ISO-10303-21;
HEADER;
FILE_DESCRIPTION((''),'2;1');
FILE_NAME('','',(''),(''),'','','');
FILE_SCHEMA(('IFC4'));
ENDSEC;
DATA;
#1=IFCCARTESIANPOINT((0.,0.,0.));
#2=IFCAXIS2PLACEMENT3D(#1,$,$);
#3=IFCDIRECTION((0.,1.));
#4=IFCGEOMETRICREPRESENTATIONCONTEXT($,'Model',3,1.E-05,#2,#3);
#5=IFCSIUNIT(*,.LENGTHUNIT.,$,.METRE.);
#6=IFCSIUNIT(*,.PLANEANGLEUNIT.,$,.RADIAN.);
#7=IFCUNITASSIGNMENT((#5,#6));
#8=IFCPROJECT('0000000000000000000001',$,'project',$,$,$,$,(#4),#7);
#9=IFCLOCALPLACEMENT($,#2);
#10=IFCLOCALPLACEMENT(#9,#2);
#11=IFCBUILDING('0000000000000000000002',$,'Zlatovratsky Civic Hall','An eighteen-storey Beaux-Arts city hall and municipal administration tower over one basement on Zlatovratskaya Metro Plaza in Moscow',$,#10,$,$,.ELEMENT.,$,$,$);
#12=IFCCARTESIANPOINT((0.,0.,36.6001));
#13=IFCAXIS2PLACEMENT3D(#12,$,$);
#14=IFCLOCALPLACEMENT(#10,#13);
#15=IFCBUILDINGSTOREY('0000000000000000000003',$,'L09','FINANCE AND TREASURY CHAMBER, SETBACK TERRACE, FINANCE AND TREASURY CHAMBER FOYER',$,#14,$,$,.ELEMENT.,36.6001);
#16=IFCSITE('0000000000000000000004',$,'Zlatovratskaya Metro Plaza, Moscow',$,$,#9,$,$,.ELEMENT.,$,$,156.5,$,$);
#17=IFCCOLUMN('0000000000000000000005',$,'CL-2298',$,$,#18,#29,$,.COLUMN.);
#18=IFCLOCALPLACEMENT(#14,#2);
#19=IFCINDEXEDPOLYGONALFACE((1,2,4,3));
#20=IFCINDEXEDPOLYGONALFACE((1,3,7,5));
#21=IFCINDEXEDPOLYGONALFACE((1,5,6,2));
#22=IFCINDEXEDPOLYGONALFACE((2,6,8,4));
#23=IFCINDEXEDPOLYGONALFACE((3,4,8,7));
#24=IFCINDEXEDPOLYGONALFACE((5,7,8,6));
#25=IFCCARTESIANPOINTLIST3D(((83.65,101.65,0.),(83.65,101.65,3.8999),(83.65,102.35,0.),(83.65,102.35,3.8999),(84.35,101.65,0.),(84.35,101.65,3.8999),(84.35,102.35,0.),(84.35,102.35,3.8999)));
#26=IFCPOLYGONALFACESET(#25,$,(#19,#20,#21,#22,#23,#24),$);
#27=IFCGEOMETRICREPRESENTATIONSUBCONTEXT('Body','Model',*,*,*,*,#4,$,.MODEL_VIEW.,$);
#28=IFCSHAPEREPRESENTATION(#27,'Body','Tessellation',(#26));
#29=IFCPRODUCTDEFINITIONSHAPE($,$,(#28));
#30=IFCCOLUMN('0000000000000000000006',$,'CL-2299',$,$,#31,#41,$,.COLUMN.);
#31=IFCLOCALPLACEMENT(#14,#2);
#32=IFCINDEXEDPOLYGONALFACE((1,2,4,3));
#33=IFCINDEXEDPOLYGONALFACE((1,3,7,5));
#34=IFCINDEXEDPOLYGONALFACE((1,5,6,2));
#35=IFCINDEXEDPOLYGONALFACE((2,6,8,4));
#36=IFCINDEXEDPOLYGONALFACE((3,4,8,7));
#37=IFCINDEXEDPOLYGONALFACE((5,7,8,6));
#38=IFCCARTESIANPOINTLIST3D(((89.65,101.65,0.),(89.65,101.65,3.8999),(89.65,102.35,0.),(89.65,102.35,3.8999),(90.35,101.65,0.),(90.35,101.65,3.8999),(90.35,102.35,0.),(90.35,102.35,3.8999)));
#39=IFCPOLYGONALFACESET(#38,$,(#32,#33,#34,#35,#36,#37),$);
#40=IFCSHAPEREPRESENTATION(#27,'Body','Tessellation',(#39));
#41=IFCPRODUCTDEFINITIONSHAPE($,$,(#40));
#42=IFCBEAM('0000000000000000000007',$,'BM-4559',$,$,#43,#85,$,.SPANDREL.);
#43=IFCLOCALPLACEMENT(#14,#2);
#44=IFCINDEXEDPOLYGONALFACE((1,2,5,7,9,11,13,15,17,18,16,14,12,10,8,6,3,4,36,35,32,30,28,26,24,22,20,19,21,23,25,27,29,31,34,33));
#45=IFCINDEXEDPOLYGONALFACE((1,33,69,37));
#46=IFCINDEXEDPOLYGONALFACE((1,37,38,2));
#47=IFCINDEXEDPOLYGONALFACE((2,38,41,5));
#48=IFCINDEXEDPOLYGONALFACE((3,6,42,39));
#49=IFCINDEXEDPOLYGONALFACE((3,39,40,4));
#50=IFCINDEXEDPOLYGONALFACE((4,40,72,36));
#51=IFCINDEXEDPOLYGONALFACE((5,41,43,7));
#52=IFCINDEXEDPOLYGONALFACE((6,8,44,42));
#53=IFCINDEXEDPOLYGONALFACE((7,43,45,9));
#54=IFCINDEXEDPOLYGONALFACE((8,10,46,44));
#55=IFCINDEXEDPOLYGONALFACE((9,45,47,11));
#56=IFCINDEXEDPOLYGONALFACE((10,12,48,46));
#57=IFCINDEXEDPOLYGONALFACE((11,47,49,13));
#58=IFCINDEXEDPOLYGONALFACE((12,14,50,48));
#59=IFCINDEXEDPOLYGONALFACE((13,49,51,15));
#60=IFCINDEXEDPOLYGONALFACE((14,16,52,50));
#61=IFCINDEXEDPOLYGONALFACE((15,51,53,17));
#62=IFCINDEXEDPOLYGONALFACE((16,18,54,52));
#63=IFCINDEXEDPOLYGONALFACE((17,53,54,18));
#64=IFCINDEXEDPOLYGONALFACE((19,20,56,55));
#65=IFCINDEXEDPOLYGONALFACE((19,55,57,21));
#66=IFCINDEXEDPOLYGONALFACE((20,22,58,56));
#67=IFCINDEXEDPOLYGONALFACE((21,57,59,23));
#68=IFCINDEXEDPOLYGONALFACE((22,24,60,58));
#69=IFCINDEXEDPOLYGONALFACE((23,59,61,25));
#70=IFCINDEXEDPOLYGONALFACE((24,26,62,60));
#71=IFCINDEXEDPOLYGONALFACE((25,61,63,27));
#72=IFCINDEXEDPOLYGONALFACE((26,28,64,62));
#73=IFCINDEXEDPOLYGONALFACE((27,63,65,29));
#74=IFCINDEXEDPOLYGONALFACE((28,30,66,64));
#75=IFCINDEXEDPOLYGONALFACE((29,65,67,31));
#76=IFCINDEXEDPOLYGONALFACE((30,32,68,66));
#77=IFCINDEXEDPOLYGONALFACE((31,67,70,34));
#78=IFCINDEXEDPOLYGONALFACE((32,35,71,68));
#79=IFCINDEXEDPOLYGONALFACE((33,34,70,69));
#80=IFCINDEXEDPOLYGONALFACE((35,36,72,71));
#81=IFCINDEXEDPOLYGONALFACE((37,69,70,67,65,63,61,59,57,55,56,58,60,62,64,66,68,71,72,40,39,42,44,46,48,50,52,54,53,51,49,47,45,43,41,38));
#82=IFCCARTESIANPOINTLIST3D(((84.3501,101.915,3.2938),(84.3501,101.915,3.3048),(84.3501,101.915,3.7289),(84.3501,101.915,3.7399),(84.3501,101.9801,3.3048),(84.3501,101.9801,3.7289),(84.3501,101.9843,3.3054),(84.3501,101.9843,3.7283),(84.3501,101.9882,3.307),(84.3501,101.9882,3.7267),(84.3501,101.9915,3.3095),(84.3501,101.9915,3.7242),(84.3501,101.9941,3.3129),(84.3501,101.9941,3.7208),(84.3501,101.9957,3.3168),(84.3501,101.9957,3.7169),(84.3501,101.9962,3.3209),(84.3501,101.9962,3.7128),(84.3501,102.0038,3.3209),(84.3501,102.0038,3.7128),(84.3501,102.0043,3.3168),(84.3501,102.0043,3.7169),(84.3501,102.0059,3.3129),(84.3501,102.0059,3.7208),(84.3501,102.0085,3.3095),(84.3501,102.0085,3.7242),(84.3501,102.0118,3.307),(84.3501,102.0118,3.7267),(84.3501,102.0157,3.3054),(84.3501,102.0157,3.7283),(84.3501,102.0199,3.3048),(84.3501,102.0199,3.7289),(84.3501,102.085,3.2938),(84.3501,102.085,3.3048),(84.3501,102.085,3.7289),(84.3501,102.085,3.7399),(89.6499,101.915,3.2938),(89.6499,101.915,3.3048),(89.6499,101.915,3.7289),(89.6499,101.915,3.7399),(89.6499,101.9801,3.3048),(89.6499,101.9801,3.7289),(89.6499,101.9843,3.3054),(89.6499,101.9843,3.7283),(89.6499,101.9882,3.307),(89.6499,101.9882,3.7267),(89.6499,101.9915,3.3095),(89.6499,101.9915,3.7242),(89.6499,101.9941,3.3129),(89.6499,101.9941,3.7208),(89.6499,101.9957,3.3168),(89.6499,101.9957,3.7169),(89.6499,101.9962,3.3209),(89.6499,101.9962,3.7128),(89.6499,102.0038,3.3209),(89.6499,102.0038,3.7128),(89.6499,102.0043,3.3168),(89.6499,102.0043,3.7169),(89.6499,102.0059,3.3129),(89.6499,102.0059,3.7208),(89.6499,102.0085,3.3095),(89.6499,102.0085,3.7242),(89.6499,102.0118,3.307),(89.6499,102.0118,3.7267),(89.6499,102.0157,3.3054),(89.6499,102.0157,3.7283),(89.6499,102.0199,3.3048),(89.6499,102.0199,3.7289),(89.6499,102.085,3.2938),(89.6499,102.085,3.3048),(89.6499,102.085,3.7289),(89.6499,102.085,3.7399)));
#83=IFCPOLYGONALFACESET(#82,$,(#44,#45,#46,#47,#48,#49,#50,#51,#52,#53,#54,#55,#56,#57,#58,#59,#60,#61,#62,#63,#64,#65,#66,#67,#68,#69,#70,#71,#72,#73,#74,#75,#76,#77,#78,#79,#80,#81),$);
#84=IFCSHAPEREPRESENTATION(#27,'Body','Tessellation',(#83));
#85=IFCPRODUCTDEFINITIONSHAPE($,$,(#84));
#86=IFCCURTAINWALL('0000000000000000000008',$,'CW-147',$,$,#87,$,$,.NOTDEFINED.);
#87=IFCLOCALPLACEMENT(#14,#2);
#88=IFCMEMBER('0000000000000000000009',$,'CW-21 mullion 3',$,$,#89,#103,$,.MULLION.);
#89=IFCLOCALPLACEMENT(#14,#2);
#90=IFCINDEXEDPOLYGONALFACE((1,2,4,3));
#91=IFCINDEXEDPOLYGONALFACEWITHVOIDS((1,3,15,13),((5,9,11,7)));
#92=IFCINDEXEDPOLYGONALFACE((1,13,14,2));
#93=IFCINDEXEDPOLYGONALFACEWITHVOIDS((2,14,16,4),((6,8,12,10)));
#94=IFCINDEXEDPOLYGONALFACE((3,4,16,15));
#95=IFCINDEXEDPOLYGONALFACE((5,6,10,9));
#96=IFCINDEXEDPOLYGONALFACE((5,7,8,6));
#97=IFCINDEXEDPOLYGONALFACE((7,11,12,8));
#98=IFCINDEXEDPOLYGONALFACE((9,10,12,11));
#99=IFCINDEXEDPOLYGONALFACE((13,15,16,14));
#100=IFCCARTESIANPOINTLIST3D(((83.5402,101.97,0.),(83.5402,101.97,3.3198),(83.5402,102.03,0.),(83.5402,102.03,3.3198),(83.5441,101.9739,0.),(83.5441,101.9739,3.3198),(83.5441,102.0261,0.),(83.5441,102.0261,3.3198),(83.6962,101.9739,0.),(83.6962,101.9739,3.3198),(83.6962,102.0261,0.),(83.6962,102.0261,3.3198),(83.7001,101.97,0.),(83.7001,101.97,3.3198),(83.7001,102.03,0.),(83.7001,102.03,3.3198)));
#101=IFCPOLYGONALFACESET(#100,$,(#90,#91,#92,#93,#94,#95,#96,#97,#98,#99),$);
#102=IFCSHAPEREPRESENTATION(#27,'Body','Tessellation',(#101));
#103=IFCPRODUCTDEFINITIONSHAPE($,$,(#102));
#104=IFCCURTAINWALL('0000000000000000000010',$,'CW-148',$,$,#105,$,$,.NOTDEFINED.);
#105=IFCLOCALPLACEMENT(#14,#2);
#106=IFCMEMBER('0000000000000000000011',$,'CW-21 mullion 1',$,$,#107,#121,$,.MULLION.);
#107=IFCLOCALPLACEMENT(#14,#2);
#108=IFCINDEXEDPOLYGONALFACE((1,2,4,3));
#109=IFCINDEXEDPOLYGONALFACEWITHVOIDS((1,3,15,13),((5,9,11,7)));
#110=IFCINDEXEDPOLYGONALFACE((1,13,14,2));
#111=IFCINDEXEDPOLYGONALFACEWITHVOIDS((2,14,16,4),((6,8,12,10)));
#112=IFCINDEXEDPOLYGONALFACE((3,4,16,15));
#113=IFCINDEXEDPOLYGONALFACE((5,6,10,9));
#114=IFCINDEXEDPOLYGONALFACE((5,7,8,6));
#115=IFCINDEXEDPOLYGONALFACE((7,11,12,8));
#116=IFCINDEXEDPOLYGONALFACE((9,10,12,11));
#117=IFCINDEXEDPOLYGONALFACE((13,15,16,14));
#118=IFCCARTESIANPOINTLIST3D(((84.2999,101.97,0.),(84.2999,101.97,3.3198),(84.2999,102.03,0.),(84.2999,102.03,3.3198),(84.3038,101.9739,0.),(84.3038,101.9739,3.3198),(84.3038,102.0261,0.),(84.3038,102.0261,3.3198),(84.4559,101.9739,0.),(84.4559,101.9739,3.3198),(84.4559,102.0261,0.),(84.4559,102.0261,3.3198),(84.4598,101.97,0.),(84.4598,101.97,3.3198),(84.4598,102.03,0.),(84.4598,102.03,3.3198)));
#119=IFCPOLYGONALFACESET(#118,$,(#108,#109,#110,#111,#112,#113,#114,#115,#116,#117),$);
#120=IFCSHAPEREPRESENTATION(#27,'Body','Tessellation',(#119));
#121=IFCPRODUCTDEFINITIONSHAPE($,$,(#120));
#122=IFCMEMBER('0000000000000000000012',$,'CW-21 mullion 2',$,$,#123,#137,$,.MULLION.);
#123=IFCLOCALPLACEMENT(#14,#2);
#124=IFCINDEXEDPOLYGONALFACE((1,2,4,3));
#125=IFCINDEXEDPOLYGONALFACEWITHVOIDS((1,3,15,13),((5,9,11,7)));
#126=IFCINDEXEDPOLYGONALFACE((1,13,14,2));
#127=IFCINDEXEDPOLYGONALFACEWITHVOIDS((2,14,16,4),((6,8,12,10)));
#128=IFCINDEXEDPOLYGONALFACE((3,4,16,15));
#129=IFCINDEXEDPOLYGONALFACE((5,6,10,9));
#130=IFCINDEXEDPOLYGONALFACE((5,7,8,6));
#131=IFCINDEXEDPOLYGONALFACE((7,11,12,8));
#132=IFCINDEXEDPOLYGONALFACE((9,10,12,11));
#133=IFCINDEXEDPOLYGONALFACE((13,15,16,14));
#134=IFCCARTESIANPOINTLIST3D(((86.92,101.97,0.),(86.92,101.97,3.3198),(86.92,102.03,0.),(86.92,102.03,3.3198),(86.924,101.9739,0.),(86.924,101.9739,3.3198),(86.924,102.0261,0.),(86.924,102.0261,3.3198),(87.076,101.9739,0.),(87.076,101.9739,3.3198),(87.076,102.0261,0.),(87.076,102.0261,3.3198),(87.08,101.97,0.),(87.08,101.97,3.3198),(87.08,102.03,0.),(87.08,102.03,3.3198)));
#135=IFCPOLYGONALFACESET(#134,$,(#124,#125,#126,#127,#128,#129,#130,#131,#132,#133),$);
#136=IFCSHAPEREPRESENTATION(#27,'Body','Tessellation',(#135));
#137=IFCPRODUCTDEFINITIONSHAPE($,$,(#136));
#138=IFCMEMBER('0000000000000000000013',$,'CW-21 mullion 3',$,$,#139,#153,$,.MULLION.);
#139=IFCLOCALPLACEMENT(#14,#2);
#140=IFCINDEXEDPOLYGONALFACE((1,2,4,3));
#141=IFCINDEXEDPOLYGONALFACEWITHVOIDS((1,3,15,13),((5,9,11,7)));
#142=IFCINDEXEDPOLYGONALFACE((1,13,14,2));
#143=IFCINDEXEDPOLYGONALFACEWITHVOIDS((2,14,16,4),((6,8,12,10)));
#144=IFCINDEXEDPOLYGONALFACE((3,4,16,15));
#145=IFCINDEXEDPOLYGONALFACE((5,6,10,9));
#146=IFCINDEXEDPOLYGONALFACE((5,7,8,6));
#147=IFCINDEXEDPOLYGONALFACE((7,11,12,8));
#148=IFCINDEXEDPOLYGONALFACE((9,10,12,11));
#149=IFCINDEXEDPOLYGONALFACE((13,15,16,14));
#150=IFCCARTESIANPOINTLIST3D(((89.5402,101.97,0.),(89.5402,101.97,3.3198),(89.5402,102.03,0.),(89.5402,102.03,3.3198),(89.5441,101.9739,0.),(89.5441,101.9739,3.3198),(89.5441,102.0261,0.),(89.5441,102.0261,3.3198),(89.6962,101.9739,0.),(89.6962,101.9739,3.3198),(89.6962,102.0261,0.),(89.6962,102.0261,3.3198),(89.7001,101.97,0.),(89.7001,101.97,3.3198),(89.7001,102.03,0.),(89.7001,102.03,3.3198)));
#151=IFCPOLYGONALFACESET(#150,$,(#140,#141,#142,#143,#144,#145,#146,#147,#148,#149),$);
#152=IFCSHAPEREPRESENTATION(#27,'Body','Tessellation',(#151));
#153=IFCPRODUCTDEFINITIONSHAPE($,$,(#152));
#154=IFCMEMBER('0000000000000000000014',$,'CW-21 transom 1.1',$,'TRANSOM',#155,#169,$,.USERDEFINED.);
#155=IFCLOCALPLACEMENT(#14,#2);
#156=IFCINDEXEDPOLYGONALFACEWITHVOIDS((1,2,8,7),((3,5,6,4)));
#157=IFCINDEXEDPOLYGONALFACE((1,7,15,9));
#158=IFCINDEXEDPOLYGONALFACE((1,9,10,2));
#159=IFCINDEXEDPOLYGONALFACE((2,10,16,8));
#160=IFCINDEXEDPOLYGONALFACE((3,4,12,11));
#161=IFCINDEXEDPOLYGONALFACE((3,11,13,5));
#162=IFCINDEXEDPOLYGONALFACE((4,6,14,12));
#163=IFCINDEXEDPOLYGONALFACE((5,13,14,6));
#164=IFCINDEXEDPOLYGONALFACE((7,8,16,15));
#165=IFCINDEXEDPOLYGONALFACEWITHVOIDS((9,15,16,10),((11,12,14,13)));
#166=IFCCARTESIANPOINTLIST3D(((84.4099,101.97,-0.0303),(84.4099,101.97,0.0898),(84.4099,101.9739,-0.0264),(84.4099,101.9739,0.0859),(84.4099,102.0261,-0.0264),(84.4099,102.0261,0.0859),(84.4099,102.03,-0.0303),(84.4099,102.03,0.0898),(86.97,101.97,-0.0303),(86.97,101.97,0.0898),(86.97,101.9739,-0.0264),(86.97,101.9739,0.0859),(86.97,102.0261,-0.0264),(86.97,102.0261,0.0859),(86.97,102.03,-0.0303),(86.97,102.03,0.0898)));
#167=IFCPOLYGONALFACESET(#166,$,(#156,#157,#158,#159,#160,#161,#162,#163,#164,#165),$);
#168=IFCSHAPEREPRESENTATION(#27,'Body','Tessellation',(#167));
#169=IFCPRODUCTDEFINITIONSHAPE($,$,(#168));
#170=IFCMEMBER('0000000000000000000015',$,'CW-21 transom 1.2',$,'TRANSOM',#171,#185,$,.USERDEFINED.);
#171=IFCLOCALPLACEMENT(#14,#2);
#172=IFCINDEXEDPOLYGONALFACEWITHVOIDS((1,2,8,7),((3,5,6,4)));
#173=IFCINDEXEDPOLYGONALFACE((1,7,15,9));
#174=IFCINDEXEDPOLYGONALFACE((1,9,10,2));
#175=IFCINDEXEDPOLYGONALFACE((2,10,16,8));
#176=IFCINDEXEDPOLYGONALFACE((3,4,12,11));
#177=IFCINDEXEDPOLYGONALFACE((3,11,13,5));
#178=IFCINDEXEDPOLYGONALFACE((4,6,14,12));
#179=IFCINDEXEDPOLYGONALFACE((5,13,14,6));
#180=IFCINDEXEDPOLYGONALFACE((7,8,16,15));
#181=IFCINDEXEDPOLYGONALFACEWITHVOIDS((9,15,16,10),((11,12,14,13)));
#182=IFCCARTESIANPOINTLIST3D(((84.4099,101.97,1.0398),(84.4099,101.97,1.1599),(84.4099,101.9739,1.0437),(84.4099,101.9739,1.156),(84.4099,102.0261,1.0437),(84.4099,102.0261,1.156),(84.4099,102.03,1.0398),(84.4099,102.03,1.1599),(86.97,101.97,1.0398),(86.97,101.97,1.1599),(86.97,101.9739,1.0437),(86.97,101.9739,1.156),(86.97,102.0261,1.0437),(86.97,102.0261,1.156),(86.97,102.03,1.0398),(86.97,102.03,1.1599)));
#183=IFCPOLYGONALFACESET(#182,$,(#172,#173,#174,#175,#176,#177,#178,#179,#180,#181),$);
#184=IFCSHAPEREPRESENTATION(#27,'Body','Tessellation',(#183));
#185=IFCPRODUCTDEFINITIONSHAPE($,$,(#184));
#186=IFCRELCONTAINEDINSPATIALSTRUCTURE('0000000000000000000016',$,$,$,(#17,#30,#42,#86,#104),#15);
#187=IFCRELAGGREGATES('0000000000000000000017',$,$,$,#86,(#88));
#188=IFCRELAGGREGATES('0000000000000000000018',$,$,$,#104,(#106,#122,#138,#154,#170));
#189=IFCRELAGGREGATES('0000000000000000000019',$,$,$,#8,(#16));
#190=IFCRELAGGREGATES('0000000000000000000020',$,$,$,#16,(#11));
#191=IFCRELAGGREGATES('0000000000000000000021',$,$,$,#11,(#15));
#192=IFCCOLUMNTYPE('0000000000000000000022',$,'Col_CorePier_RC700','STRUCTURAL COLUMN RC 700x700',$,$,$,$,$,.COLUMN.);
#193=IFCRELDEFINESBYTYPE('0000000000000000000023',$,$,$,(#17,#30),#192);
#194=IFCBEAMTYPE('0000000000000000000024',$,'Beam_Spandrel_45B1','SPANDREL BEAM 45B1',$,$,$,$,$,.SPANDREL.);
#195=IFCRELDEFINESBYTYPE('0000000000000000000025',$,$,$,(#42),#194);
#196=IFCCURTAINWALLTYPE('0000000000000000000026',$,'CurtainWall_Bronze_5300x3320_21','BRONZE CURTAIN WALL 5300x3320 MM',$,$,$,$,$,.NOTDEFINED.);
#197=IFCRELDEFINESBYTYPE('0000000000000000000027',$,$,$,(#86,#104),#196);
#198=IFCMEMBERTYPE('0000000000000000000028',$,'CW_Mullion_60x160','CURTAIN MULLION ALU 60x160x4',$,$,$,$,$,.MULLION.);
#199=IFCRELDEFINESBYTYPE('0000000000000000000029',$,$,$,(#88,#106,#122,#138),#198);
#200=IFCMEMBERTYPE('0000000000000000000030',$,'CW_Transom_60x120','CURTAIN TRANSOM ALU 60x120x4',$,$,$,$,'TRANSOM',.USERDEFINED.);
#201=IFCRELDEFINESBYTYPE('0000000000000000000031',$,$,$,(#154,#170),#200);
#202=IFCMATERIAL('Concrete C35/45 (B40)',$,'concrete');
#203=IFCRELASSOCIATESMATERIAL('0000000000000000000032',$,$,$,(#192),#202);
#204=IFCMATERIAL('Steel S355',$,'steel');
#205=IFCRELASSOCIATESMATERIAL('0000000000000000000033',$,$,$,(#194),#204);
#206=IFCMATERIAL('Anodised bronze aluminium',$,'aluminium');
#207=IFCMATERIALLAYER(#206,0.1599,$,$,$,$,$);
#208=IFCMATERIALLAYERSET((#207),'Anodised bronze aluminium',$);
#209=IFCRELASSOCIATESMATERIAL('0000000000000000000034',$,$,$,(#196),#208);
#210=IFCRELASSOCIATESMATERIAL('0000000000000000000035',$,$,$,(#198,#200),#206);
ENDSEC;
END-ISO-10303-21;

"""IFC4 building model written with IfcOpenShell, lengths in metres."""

from ifc_helpers import new_model, si_unit, direction, frame, origin, origin_2d, place, context, subcontext, project, spatial, rectangle, hollow_rectangle, i_section, extrude, material, layer, layer_set, material_profile, profile_set, type_object, element, aggregate, save


model = new_model("IFC4")

# Units and contexts
model_context = context("Model", 3, precision=1e-05, world=origin(), true_north=direction((0.0, 1.0)))
body_context = subcontext(model_context, "Body", "Model", "MODEL_VIEW")
ifc_project = project(units=[si_unit("LENGTHUNIT", "METRE"), si_unit("PLANEANGLEUNIT", "RADIAN")], contexts=[model_context])

# Site, building, storey
site_placement = place(None, origin())
site = spatial("IfcSite", under=ifc_project, at=site_placement, Name="Zlatovratskaya Metro Plaza, Moscow", CompositionType="ELEMENT", RefElevation=156.5)
building_placement = place(site_placement, origin())
building = spatial("IfcBuilding", under=site, at=building_placement, Name="Zlatovratsky Civic Hall", Description="An eighteen-storey Beaux-Arts city hall and municipal administration tower over one basement on Zlatovratskaya Metro Plaza in Moscow", CompositionType="ELEMENT")
storey_placement = place(building_placement, frame((0.0, 0.0, 36.6001)))
storey = spatial("IfcBuildingStorey", under=building, at=storey_placement, Name="L09", Description="FINANCE AND TREASURY CHAMBER, SETBACK TERRACE, FINANCE AND TREASURY CHAMBER FOYER", CompositionType="ELEMENT", Elevation=36.6001)

# Columns
ifc_material_1 = material(Name="Concrete C35/45 (B40)", Category="concrete")
ifc_material_profile_1 = material_profile(ifc_material_1, rectangle(XDim=0.7, YDim=0.7, at=origin_2d()), Name="RC 700x700")
ifc_profile_set_1 = profile_set([ifc_material_profile_1], Name="Concrete C35/45 (B40)")
column_type = type_object("IfcColumnType", Name="Col_CorePier_RC700", Description="STRUCTURAL COLUMN RC 700x700", PredefinedType="COLUMN", material=ifc_profile_set_1)
for number, where, z_axis, x_axis, name in (
    (1, (84.0, 102.0, 0.0), (0.0, 0.0, 1.0), (1.0, 0.0, 0.0), "CL-2298"),
    (2, (90.0, 102.0, 0.0), (0.0, 0.0, 1.0), (1.0, 0.0, 0.0), "CL-2299"),
):
    element("IfcColumn", number, at=place(storey_placement, frame(where, z_axis=z_axis, x_axis=x_axis)), inside=storey, type_object=column_type, Name=name, PredefinedType="COLUMN", context=body_context, shape_type="SweptSolid", body=[
        extrude(rectangle(XDim=0.7, YDim=0.7, at=origin_2d()), origin(), (0.0, 0.0, 1.0), 3.8999),
    ])

# Beam
ifc_material_2 = material(Name="Steel S355", Category="steel")
ifc_material_profile_2 = material_profile(ifc_material_2, i_section(OverallWidth=0.1699, OverallDepth=0.446, WebThickness=0.0076, FlangeThickness=0.011, FilletRadius=0.0161, at=origin_2d()), Name="45B1")
ifc_profile_set_2 = profile_set([ifc_material_profile_2], Name="Steel S355")
beam_type = type_object("IfcBeamType", Name="Beam_Spandrel_45B1", Description="SPANDREL BEAM 45B1", PredefinedType="SPANDREL", material=ifc_profile_set_2)
beam_placement = place(storey_placement, frame((84.3501, 102.0, 3.5168), z_axis=(1.0, 0.0, 0.0), x_axis=(0.0, 1.0, 0.0)))
element("IfcBeam", 3, at=beam_placement, inside=storey, type_object=beam_type, Name="BM-4559", PredefinedType="SPANDREL", context=body_context, shape_type="SweptSolid", body=[
    extrude(i_section(OverallWidth=0.1699, OverallDepth=0.446, WebThickness=0.0076, FlangeThickness=0.011, FilletRadius=0.0161, at=origin_2d()), origin(), (0.0, 0.0, 1.0), 5.2998),
])

# Curtain wall, member
ifc_material_3 = material(Name="Anodised bronze aluminium", Category="aluminium")
ifc_layer_1 = layer(ifc_material_3, 0.1599)
ifc_layer_set_1 = layer_set([ifc_layer_1], Name="Anodised bronze aluminium")
curtain_wall_type = type_object("IfcCurtainWallType", Name="CurtainWall_Bronze_5300x3320_21", Description="BRONZE CURTAIN WALL 5300x3320 MM", PredefinedType="NOTDEFINED", material=ifc_layer_set_1)
curtain_wall_1_placement = place(storey_placement, origin())
curtain_wall_1 = element("IfcCurtainWall", 4, at=curtain_wall_1_placement, inside=storey, type_object=curtain_wall_type, Name="CW-147", PredefinedType="NOTDEFINED")
ifc_material_profile_3 = material_profile(ifc_material_3, hollow_rectangle(XDim=0.0601, YDim=0.1599, WallThickness=0.0039, at=origin_2d()), Name="ALU 60x160x4")
ifc_profile_set_3 = profile_set([ifc_material_profile_3], Name="Anodised bronze aluminium")
member_type_1 = type_object("IfcMemberType", Name="CW_Mullion_60x160", Description="CURTAIN MULLION ALU 60x160x4", PredefinedType="MULLION", material=ifc_profile_set_3)
member_1_placement = place(storey_placement, frame((83.6201, 102.0, 0.0), z_axis=(0.0, 0.0, 1.0), x_axis=(0.0, 1.0, 0.0)))
member_1 = element("IfcMember", 5, at=member_1_placement, type_object=member_type_1, Name="CW-21 mullion 3", PredefinedType="MULLION", context=body_context, shape_type="SweptSolid", body=[
    extrude(hollow_rectangle(XDim=0.0601, YDim=0.1599, WallThickness=0.0039, at=origin_2d()), origin(), (0.0, 0.0, 1.0), 3.3198),
])

# Curtain wall, members
curtain_wall_2_placement = place(storey_placement, origin())
curtain_wall_2 = element("IfcCurtainWall", 6, at=curtain_wall_2_placement, inside=storey, type_object=curtain_wall_type, Name="CW-148", PredefinedType="NOTDEFINED")
member_2_placement = place(storey_placement, frame((84.3799, 102.0, 0.0), z_axis=(0.0, 0.0, 1.0), x_axis=(0.0, 1.0, 0.0)))
member_2 = element("IfcMember", 7, at=member_2_placement, type_object=member_type_1, Name="CW-21 mullion 1", PredefinedType="MULLION", context=body_context, shape_type="SweptSolid", body=[
    extrude(hollow_rectangle(XDim=0.0601, YDim=0.1599, WallThickness=0.0039, at=origin_2d()), origin(), (0.0, 0.0, 1.0), 3.3198),
])
member_3_placement = place(storey_placement, frame((87.0, 102.0, 0.0), z_axis=(0.0, 0.0, 1.0), x_axis=(0.0, 1.0, 0.0)))
member_3 = element("IfcMember", 8, at=member_3_placement, type_object=member_type_1, Name="CW-21 mullion 2", PredefinedType="MULLION", context=body_context, shape_type="SweptSolid", body=[
    extrude(hollow_rectangle(XDim=0.0601, YDim=0.1599, WallThickness=0.0039, at=origin_2d()), origin(), (0.0, 0.0, 1.0), 3.3198),
])
member_4_placement = place(storey_placement, frame((89.6201, 102.0, 0.0), z_axis=(0.0, 0.0, 1.0), x_axis=(0.0, 1.0, 0.0)))
member_4 = element("IfcMember", 9, at=member_4_placement, type_object=member_type_1, Name="CW-21 mullion 3", PredefinedType="MULLION", context=body_context, shape_type="SweptSolid", body=[
    extrude(hollow_rectangle(XDim=0.0601, YDim=0.1599, WallThickness=0.0039, at=origin_2d()), origin(), (0.0, 0.0, 1.0), 3.3198),
])
ifc_material_profile_4 = material_profile(ifc_material_3, hollow_rectangle(XDim=0.0601, YDim=0.1201, WallThickness=0.0039, at=origin_2d()), Name="ALU 60x120x4")
ifc_profile_set_4 = profile_set([ifc_material_profile_4], Name="Anodised bronze aluminium")
member_type_2 = type_object("IfcMemberType", Name="CW_Transom_60x120", Description="CURTAIN TRANSOM ALU 60x120x4", ElementType="TRANSOM", PredefinedType="USERDEFINED", material=ifc_profile_set_4)
member_5_placement = place(storey_placement, frame((84.4099, 102.0, 0.0298), z_axis=(1.0, 0.0, 0.0), x_axis=(0.0, 1.0, 0.0)))
member_5 = element("IfcMember", 10, at=member_5_placement, type_object=member_type_2, Name="CW-21 transom 1.1", ObjectType="TRANSOM", PredefinedType="USERDEFINED", context=body_context, shape_type="SweptSolid", body=[
    extrude(hollow_rectangle(XDim=0.0601, YDim=0.1201, WallThickness=0.0039, at=origin_2d()), origin(), (0.0, 0.0, 1.0), 2.5601),
])
member_6_placement = place(storey_placement, frame((84.4099, 102.0, 1.0999), z_axis=(1.0, 0.0, 0.0), x_axis=(0.0, 1.0, 0.0)))
member_6 = element("IfcMember", 11, at=member_6_placement, type_object=member_type_2, Name="CW-21 transom 1.2", ObjectType="TRANSOM", PredefinedType="USERDEFINED", context=body_context, shape_type="SweptSolid", body=[
    extrude(hollow_rectangle(XDim=0.0601, YDim=0.1201, WallThickness=0.0039, at=origin_2d()), origin(), (0.0, 0.0, 1.0), 2.5601),
])

aggregate(curtain_wall_1, [member_1])
aggregate(curtain_wall_2, [member_2, member_3, member_4, member_5, member_6])

save(model, "model.ifc")
